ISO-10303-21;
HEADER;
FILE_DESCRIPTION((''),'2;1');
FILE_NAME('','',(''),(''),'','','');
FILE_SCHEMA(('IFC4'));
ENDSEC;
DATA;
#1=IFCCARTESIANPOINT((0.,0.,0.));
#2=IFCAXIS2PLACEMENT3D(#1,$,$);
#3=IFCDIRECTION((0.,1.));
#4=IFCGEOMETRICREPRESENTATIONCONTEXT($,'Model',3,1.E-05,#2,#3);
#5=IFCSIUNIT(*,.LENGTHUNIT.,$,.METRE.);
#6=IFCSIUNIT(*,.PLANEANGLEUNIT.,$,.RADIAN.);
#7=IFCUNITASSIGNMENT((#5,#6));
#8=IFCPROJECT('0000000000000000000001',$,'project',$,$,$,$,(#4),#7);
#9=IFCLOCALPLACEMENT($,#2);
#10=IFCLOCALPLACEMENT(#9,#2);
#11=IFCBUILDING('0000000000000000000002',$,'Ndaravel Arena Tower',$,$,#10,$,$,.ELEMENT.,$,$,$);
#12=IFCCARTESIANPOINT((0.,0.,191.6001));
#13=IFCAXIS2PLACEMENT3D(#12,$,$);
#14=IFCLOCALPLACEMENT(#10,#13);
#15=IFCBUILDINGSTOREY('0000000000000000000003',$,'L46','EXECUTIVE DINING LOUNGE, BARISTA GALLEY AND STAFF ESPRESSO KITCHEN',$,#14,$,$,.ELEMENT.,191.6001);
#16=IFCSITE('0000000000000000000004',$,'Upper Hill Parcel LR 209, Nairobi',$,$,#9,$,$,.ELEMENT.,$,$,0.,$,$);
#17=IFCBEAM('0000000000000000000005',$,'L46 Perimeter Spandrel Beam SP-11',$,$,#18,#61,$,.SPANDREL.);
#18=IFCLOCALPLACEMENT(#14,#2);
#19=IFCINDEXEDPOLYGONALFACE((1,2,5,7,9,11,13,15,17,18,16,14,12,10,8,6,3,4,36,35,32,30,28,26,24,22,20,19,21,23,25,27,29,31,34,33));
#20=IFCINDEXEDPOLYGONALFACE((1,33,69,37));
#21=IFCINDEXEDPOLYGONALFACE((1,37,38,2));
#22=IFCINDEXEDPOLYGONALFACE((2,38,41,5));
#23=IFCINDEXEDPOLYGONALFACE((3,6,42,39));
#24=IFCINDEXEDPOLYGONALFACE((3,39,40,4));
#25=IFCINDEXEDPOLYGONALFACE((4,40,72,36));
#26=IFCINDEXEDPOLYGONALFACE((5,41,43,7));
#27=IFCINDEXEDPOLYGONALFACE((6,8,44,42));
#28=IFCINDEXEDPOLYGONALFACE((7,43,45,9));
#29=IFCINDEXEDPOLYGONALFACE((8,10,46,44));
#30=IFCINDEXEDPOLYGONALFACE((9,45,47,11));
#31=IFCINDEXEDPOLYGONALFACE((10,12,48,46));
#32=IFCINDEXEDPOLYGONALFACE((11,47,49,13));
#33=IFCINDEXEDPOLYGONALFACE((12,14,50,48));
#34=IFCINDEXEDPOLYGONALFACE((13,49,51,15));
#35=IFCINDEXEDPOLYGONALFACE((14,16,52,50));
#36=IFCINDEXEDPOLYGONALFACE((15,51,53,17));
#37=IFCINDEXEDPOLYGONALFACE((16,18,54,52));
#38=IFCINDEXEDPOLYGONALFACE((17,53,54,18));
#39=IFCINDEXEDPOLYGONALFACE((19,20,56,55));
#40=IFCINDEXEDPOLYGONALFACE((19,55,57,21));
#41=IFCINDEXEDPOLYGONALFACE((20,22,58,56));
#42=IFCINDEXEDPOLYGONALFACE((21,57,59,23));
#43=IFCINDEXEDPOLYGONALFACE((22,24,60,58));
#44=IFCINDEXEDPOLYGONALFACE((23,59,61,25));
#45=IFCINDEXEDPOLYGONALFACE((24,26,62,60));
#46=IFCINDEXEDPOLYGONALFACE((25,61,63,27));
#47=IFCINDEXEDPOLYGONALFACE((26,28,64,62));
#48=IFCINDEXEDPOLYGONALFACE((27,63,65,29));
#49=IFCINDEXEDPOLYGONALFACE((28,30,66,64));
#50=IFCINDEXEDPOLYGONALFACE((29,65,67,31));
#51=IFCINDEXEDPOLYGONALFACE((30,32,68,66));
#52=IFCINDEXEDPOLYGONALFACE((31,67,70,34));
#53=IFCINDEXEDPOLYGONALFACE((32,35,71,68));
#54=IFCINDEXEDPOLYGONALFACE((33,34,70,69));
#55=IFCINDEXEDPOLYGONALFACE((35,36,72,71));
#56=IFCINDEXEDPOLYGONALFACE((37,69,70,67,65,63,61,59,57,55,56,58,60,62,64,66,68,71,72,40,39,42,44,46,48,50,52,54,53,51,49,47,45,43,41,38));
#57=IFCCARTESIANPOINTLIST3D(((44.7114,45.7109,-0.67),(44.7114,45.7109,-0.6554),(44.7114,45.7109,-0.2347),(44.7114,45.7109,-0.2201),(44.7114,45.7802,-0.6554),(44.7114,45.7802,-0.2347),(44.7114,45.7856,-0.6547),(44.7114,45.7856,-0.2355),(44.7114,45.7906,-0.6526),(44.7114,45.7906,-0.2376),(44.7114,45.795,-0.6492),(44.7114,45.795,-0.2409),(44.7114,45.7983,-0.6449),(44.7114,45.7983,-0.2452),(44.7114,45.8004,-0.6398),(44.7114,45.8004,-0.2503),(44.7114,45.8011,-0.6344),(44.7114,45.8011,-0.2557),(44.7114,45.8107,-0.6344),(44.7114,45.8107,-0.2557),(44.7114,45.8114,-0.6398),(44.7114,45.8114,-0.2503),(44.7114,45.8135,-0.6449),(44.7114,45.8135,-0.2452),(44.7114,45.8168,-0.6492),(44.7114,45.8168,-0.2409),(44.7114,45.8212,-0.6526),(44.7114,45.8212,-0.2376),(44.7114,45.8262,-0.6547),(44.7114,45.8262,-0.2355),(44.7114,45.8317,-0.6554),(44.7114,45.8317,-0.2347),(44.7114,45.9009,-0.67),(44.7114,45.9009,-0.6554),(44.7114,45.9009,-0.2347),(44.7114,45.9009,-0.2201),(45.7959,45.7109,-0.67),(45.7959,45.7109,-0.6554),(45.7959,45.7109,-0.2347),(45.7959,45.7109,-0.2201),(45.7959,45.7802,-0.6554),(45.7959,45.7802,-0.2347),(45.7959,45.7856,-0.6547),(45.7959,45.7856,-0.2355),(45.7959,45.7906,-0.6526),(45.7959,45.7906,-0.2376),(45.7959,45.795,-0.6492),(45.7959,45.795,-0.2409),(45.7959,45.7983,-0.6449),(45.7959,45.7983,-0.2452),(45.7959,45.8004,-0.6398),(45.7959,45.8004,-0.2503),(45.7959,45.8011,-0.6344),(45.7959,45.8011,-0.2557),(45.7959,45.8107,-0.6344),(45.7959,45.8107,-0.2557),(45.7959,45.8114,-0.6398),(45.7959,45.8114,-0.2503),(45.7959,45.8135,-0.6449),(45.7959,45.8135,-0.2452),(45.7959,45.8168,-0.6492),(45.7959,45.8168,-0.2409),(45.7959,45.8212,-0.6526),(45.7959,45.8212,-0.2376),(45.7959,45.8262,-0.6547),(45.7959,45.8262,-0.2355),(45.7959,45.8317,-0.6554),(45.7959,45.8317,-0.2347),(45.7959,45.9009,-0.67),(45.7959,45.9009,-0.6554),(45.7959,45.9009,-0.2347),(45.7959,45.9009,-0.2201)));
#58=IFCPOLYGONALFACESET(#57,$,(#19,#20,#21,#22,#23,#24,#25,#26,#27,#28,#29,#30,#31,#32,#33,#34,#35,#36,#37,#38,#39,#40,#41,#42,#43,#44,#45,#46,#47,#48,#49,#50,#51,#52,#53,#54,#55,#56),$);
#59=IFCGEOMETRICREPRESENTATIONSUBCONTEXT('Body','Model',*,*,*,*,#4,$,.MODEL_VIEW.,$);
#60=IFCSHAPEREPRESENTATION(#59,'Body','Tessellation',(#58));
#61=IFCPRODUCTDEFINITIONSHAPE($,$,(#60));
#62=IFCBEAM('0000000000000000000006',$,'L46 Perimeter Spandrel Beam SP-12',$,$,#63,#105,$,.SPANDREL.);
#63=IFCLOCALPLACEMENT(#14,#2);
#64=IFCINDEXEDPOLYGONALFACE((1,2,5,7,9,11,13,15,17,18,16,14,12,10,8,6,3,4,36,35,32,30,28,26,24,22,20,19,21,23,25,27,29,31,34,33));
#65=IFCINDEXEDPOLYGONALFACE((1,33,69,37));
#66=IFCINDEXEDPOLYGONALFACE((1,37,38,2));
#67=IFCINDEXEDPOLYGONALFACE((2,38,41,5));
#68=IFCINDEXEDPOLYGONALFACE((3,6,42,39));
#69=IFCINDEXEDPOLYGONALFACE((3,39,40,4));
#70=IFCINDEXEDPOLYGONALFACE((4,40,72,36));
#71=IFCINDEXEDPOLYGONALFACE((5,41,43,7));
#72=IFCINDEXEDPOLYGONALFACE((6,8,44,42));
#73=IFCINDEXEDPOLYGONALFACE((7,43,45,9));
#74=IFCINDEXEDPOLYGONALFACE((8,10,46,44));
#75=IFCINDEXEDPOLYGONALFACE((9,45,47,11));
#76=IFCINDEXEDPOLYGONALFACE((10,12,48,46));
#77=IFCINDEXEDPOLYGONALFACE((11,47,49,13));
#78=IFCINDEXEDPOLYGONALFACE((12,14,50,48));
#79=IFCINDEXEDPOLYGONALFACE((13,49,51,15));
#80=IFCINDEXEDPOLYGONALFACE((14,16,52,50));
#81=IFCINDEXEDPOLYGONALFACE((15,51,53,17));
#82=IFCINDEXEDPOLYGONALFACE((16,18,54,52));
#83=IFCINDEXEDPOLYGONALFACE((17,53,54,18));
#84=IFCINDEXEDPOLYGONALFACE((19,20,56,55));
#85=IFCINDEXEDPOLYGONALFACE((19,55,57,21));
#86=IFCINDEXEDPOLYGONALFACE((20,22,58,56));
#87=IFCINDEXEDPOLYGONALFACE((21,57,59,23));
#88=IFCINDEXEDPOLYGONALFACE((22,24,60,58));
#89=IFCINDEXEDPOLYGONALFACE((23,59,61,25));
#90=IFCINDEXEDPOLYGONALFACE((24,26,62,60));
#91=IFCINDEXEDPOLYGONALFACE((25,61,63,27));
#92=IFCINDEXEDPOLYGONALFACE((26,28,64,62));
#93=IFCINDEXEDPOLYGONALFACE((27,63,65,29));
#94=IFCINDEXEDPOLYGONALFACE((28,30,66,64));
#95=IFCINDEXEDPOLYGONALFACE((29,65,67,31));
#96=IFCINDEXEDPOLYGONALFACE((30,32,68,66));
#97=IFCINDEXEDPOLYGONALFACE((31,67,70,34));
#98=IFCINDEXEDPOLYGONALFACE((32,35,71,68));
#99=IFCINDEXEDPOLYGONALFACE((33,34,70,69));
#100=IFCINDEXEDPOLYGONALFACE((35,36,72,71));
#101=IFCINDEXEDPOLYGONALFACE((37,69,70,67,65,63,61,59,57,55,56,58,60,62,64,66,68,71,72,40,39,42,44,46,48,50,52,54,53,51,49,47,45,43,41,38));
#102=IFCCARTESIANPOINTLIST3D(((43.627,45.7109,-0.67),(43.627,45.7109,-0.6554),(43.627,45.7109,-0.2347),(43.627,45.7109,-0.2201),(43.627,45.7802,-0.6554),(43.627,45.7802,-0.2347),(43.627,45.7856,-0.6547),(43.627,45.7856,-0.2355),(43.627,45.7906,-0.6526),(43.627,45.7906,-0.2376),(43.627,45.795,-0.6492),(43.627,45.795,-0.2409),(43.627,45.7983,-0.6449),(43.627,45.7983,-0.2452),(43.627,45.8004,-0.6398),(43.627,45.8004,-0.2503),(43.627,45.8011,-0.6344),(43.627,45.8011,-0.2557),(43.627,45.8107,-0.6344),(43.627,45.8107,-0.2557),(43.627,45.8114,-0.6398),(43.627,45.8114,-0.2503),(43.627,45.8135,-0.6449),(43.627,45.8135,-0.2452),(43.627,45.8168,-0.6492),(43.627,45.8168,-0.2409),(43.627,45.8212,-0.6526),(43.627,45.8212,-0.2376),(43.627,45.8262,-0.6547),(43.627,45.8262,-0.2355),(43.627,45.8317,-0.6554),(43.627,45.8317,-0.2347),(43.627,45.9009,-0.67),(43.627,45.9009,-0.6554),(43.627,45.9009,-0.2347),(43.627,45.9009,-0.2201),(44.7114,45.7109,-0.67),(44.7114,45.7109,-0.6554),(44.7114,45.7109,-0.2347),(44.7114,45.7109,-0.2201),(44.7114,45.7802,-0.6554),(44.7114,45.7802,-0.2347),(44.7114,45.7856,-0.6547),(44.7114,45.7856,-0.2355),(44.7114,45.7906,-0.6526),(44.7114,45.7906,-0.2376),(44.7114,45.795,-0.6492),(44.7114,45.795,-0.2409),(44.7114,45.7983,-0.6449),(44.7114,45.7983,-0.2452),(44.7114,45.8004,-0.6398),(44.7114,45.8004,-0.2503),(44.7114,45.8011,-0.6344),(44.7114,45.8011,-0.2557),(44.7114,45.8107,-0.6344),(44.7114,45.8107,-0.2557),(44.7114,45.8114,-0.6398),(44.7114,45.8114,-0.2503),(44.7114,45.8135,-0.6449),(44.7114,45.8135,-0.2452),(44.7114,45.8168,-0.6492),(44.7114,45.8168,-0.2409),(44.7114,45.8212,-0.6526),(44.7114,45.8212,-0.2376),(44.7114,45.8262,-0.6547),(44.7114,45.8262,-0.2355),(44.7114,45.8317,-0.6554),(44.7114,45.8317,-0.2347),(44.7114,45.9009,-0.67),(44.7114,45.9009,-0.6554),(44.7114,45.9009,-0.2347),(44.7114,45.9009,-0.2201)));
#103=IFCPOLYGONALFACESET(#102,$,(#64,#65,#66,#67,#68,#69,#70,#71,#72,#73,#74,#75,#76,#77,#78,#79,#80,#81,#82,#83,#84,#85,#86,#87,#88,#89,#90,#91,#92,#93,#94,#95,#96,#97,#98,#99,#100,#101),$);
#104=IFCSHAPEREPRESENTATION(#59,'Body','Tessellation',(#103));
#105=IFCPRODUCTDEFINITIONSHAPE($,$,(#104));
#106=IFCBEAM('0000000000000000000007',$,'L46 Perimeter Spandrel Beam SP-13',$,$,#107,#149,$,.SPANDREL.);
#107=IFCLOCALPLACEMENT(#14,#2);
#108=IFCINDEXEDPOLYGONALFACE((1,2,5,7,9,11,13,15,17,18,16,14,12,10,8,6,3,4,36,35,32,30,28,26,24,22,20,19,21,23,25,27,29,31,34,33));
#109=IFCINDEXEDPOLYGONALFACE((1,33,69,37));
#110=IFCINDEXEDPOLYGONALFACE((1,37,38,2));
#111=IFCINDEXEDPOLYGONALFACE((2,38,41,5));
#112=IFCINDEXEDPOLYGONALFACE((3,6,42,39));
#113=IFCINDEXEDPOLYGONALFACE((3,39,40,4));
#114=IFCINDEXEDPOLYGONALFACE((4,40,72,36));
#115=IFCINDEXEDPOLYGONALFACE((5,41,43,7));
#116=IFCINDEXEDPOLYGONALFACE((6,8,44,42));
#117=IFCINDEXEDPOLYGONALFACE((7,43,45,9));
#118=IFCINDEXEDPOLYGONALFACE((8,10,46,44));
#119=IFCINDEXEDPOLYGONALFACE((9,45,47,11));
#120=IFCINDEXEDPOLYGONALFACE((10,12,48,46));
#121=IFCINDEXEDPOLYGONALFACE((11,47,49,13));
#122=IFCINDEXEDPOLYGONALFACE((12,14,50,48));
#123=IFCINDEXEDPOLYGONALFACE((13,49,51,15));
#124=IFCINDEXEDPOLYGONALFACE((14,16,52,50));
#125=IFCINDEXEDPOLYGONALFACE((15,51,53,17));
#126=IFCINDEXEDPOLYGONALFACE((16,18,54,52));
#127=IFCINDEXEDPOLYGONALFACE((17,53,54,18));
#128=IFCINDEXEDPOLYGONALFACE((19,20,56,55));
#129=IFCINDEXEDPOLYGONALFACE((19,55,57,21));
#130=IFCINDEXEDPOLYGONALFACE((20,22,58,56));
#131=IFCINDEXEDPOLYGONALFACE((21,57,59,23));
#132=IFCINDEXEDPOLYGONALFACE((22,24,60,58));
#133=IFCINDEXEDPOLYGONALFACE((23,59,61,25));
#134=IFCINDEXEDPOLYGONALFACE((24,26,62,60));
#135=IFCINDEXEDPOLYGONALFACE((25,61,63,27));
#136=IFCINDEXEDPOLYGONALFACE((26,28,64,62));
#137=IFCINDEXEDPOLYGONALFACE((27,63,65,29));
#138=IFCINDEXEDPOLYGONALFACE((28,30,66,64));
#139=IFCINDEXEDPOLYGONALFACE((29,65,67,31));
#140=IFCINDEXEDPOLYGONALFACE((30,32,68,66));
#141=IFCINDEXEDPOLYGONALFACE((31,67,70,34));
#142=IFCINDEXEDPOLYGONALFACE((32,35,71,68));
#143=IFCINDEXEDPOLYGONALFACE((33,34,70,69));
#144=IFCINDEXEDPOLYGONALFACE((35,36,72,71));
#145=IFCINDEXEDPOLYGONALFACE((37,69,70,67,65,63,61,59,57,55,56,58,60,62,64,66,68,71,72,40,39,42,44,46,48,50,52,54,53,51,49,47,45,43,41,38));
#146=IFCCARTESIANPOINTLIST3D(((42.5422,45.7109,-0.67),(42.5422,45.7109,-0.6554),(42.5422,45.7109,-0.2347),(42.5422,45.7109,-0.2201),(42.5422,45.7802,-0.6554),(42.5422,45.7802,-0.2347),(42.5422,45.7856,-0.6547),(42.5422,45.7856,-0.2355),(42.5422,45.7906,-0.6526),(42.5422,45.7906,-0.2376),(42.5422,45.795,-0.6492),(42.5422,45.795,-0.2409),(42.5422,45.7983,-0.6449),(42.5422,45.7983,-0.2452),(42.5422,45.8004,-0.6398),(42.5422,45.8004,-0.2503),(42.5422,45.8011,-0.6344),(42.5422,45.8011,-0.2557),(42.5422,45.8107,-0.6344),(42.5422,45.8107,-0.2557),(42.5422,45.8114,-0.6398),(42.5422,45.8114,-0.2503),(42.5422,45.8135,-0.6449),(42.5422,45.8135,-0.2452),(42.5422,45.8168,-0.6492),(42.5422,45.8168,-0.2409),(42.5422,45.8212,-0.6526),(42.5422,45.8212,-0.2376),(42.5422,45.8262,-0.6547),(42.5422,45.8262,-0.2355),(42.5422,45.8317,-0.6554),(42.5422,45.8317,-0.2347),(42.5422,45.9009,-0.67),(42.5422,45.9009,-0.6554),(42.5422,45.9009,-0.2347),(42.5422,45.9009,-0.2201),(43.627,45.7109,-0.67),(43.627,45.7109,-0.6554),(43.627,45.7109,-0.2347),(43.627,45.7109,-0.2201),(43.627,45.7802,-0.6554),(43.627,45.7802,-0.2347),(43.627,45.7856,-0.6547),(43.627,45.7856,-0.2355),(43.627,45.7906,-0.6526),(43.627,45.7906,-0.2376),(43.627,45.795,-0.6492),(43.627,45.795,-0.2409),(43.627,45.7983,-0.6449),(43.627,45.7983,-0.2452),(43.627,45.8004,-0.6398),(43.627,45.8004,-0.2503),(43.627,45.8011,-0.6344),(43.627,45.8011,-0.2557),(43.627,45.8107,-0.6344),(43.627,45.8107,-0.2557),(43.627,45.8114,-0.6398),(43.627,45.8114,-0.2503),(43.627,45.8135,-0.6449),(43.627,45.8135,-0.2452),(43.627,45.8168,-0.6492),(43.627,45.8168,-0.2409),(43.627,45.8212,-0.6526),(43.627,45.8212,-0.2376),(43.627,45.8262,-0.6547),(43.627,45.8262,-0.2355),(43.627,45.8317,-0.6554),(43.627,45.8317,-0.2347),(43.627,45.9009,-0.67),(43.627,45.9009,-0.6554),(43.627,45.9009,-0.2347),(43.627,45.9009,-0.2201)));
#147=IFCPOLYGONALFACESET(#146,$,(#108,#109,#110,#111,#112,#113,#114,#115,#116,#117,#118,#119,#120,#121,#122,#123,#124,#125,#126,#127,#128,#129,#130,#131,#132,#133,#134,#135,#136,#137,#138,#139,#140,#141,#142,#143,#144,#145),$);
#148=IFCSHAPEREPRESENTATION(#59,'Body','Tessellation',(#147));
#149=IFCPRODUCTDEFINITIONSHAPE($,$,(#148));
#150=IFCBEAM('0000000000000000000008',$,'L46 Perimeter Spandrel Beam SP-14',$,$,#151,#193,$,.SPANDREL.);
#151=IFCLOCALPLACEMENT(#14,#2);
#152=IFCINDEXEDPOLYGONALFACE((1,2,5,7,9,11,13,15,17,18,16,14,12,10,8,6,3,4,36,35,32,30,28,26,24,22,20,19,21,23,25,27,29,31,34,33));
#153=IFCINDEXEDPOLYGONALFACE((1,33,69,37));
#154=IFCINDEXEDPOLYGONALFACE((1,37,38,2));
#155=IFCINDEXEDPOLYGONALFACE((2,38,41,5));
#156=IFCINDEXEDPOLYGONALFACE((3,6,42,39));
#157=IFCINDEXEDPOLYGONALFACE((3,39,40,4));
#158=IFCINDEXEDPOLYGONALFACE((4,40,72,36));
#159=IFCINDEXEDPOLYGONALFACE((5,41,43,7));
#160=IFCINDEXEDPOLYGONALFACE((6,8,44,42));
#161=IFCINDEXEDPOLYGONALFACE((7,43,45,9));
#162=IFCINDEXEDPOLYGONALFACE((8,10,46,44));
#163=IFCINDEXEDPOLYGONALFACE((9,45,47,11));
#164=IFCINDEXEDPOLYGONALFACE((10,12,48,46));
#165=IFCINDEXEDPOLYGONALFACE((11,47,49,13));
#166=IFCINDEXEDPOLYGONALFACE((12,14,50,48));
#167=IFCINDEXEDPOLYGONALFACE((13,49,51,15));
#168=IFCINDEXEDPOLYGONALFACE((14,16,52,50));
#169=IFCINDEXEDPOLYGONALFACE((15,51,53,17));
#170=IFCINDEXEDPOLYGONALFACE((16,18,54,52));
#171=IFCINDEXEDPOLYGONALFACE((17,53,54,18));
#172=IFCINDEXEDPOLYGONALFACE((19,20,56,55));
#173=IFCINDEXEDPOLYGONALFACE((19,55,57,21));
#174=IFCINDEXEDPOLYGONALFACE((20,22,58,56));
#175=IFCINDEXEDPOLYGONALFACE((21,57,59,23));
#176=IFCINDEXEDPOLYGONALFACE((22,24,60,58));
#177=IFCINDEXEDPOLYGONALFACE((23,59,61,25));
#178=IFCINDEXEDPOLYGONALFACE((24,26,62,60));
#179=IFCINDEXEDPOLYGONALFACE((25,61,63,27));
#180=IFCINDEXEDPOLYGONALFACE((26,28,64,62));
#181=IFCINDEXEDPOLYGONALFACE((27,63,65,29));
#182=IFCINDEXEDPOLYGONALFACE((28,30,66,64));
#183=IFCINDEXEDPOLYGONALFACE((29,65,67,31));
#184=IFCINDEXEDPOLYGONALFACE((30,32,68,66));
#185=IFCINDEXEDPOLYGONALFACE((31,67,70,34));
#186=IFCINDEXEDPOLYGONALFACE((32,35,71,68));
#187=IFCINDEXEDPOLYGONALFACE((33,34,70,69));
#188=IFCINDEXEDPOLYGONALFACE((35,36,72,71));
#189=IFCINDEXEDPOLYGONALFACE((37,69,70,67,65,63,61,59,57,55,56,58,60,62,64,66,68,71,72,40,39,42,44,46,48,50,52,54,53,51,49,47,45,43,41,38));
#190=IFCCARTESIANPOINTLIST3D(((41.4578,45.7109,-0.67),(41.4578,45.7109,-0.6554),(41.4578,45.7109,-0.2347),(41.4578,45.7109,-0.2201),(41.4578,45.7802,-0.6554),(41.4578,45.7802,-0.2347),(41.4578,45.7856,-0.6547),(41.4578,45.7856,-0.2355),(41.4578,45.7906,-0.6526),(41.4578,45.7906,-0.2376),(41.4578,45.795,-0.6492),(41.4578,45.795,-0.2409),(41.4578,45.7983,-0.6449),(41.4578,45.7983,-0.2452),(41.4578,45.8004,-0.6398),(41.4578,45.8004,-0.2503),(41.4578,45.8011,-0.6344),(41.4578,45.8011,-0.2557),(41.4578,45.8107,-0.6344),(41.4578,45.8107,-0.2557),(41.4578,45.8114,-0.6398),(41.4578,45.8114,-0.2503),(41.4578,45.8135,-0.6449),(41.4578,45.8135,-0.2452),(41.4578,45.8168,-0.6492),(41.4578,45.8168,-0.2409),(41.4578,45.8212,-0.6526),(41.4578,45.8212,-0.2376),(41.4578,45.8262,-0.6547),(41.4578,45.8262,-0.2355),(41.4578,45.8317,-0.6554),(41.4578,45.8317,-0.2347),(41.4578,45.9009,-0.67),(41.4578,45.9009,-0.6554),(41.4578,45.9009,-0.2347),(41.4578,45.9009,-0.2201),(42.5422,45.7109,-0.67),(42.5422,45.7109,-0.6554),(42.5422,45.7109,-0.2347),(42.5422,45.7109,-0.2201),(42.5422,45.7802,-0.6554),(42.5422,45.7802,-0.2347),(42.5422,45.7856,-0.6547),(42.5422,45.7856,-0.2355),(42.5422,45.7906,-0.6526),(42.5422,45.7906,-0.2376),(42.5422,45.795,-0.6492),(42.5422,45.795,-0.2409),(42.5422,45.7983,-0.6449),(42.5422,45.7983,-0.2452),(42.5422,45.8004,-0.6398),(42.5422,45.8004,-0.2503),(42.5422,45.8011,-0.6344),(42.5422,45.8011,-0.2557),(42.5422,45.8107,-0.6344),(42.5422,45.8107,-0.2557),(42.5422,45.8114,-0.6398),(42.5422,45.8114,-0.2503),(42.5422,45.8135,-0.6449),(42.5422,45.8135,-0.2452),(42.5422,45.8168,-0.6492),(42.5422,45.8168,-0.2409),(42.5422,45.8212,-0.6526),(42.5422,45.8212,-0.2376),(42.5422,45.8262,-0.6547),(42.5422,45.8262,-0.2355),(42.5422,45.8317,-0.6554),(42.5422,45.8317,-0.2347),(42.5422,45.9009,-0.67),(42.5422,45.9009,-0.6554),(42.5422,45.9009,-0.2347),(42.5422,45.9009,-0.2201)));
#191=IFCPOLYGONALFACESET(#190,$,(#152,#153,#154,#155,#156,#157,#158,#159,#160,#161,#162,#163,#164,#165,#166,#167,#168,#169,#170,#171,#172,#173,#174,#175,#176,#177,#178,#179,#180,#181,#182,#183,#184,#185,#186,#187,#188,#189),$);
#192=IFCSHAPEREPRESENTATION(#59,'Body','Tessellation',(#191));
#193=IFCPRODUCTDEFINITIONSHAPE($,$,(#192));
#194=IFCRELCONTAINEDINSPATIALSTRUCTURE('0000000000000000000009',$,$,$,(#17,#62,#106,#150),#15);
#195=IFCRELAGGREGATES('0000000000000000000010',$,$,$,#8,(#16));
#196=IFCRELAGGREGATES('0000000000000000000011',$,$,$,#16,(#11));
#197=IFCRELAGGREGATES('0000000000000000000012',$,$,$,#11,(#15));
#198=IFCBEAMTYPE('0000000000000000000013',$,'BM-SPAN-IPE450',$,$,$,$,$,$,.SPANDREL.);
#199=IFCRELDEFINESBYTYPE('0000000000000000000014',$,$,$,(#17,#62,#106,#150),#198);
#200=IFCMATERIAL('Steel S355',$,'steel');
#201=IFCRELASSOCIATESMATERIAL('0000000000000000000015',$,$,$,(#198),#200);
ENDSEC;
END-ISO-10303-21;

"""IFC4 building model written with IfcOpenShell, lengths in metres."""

from ifc_helpers import new_model, si_unit, direction, frame, origin, origin_2d, place, context, subcontext, project, spatial, i_section, extrude, material, material_profile, profile_set, type_object, element, save


model = new_model("IFC4")

# Units and contexts
model_context = context("Model", 3, precision=1e-05, world=origin(), true_north=direction((0.0, 1.0)))
body_context = subcontext(model_context, "Body", "Model", "MODEL_VIEW")
ifc_project = project(units=[si_unit("LENGTHUNIT", "METRE"), si_unit("PLANEANGLEUNIT", "RADIAN")], contexts=[model_context])

# Site, building, storey
site_placement = place(None, origin())
site = spatial("IfcSite", under=ifc_project, at=site_placement, Name="Upper Hill Parcel LR 209, Nairobi", CompositionType="ELEMENT", RefElevation=0.0)
building_placement = place(site_placement, origin())
building = spatial("IfcBuilding", under=site, at=building_placement, Name="Ndaravel Arena Tower", CompositionType="ELEMENT")
storey_placement = place(building_placement, frame((0.0, 0.0, 191.6001)))
storey = spatial("IfcBuildingStorey", under=building, at=storey_placement, Name="L46", Description="EXECUTIVE DINING LOUNGE, BARISTA GALLEY AND STAFF ESPRESSO KITCHEN", CompositionType="ELEMENT", Elevation=191.6001)

# Beams
ifc_material_1 = material(Name="Steel S355", Category="steel")
ifc_material_profile_1 = material_profile(ifc_material_1, i_section(OverallWidth=0.1899, OverallDepth=0.45, WebThickness=0.0095, FlangeThickness=0.0146, FilletRadius=0.021, at=origin_2d()), Name="IPE 450")
ifc_profile_set_1 = profile_set([ifc_material_profile_1], Name="Steel S355")
beam_type_1 = type_object("IfcBeamType", Name="BM-SPAN-IPE450", PredefinedType="SPANDREL", material=ifc_profile_set_1)
for number, where, z_axis, x_axis, name in (
    (1, (45.7959, 45.8059, -0.4451), (-1.0, 0.0, 0.0), (0.0, -1.0, 0.0), "L46 Perimeter Spandrel Beam SP-11"),
    (2, (44.7114, 45.8059, -0.4451), (-1.0, 0.0, 0.0), (0.0, -1.0, 0.0), "L46 Perimeter Spandrel Beam SP-12"),
):
    element("IfcBeam", number, at=place(storey_placement, frame(where, z_axis=z_axis, x_axis=x_axis)), inside=storey, type_object=beam_type_1, Name=name, PredefinedType="SPANDREL", context=body_context, shape_type="SweptSolid", body=[
        extrude(i_section(OverallWidth=0.1899, OverallDepth=0.45, WebThickness=0.0095, FlangeThickness=0.0146, FilletRadius=0.021, at=origin_2d()), origin(), (0.0, 0.0, 1.0), 1.0845),
    ])
beam_1_placement = place(storey_placement, frame((43.627, 45.8059, -0.4451), z_axis=(-1.0, 0.0, 0.0), x_axis=(0.0, -1.0, 0.0)))
element("IfcBeam", 3, at=beam_1_placement, inside=storey, type_object=beam_type_1, Name="L46 Perimeter Spandrel Beam SP-13", PredefinedType="SPANDREL", context=body_context, shape_type="SweptSolid", body=[
    extrude(i_section(OverallWidth=0.1899, OverallDepth=0.45, WebThickness=0.0095, FlangeThickness=0.0146, FilletRadius=0.021, at=origin_2d()), origin(), (0.0, 0.0, 1.0), 1.0847),
])
beam_2_placement = place(storey_placement, frame((42.5422, 45.8059, -0.4451), z_axis=(-1.0, 0.0, 0.0), x_axis=(0.0, -1.0, 0.0)))
element("IfcBeam", 4, at=beam_2_placement, inside=storey, type_object=beam_type_1, Name="L46 Perimeter Spandrel Beam SP-14", PredefinedType="SPANDREL", context=body_context, shape_type="SweptSolid", body=[
    extrude(i_section(OverallWidth=0.1899, OverallDepth=0.45, WebThickness=0.0095, FlangeThickness=0.0146, FilletRadius=0.021, at=origin_2d()), origin(), (0.0, 0.0, 1.0), 1.0845),
])

save(model, "model.ifc")
